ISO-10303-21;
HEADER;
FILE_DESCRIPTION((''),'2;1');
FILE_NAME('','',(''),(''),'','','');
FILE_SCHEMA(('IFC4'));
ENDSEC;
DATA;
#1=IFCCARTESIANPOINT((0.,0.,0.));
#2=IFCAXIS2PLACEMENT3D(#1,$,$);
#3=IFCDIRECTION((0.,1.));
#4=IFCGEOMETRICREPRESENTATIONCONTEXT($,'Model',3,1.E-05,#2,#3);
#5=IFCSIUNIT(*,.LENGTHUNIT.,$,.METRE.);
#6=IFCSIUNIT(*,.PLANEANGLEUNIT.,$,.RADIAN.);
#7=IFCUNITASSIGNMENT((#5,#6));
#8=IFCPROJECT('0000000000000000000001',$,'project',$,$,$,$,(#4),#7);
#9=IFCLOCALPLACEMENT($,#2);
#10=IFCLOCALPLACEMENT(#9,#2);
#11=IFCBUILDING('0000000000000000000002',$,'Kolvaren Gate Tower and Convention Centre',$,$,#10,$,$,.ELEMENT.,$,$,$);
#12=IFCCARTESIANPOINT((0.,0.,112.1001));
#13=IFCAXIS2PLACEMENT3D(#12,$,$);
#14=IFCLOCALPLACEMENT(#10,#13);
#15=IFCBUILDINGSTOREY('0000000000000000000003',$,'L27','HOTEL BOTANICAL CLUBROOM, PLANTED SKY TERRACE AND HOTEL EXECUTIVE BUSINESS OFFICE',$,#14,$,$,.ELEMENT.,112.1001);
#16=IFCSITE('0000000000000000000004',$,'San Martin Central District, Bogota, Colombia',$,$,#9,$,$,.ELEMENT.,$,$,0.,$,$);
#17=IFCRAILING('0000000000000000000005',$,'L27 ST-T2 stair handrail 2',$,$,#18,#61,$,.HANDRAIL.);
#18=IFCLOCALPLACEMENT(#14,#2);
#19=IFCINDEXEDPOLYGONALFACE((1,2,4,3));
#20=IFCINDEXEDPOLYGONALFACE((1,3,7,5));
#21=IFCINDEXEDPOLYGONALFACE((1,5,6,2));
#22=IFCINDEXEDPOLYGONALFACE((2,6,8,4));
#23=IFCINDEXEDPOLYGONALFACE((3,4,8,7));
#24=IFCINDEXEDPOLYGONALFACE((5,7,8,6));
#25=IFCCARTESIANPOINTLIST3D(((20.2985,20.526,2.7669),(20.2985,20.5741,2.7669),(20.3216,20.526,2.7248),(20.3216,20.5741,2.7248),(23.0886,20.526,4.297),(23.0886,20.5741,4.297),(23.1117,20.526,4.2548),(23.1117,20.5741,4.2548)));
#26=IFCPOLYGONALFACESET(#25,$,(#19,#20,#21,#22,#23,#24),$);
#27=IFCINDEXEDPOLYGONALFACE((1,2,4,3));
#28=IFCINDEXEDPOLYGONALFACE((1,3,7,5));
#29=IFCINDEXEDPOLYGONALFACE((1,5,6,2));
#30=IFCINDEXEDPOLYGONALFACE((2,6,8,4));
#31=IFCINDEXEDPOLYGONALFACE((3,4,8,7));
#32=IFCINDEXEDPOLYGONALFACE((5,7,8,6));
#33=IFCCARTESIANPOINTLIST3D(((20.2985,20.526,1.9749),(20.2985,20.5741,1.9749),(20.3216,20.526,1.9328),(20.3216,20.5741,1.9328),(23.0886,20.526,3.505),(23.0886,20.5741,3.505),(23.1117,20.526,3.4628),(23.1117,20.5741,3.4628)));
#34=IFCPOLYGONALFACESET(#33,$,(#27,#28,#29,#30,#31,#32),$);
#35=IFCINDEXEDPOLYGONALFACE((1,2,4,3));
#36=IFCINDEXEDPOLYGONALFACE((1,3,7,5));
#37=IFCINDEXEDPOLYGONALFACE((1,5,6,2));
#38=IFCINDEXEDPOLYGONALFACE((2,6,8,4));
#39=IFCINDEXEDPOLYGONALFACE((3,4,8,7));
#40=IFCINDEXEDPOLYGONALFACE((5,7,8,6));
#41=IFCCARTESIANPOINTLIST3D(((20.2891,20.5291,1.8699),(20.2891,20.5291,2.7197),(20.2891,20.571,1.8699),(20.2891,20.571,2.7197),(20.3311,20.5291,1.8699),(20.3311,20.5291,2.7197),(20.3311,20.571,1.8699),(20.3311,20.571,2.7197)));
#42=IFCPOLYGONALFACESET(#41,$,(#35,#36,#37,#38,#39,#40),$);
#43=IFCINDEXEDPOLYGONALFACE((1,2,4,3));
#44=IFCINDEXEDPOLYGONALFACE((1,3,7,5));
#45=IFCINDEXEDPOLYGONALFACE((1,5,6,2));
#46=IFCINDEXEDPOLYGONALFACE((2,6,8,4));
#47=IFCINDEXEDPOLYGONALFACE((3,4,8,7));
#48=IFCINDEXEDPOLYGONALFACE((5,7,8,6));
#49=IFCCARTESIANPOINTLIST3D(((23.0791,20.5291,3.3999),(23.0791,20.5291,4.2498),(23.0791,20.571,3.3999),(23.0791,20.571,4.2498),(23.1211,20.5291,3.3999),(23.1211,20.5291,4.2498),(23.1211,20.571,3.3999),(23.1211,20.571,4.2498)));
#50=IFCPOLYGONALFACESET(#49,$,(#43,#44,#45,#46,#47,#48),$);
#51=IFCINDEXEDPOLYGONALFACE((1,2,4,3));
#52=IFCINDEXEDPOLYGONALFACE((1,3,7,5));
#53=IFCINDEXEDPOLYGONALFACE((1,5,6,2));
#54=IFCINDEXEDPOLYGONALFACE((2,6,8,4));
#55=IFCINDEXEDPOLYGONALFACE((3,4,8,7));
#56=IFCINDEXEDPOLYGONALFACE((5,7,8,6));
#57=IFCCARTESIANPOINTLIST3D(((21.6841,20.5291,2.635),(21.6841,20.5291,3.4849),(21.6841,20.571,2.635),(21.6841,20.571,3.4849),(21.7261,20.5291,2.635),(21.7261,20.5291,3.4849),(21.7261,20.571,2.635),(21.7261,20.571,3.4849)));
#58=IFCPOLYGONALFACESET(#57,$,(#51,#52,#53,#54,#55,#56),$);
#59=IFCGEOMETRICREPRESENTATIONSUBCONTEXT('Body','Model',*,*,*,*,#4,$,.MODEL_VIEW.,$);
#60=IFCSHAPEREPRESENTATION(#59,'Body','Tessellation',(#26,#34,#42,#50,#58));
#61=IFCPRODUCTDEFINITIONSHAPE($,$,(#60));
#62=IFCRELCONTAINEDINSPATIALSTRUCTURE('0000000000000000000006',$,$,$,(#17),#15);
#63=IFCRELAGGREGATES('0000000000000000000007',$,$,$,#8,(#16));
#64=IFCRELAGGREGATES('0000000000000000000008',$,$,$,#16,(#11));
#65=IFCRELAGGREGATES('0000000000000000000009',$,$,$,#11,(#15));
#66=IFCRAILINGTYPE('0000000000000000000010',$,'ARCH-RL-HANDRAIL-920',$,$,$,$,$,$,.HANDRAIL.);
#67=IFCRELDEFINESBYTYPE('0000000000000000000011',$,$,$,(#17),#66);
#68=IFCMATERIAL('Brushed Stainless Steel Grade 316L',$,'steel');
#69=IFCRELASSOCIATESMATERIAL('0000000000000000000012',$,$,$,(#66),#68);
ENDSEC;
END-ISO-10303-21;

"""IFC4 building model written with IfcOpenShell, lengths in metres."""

from ifc_helpers import new_model, si_unit, direction, frame, origin, origin_2d, place, context, subcontext, project, spatial, rectangle, extrude, material, type_object, element, save


model = new_model("IFC4")

# Units and contexts
model_context = context("Model", 3, precision=1e-05, world=origin(), true_north=direction((0.0, 1.0)))
body_context = subcontext(model_context, "Body", "Model", "MODEL_VIEW")
ifc_project = project(units=[si_unit("LENGTHUNIT", "METRE"), si_unit("PLANEANGLEUNIT", "RADIAN")], contexts=[model_context])

# Site, building, storey
site_placement = place(None, origin())
site = spatial("IfcSite", under=ifc_project, at=site_placement, Name="San Martin Central District, Bogota, Colombia", CompositionType="ELEMENT", RefElevation=0.0)
building_placement = place(site_placement, origin())
building = spatial("IfcBuilding", under=site, at=building_placement, Name="Kolvaren Gate Tower and Convention Centre", CompositionType="ELEMENT")
storey_placement = place(building_placement, frame((0.0, 0.0, 112.1001)))
storey = spatial("IfcBuildingStorey", under=building, at=storey_placement, Name="L27", Description="HOTEL BOTANICAL CLUBROOM, PLANTED SKY TERRACE AND HOTEL EXECUTIVE BUSINESS OFFICE", CompositionType="ELEMENT", Elevation=112.1001)

# Railing
ifc_material_1 = material(Name="Brushed Stainless Steel Grade 316L", Category="steel")
railing_type_1 = type_object("IfcRailingType", Name="ARCH-RL-HANDRAIL-920", PredefinedType="HANDRAIL", material=ifc_material_1)
railing_1_placement = place(storey_placement, frame((20.3101, 20.55, 1.8699)))
element("IfcRailing", 1, at=railing_1_placement, inside=storey, type_object=railing_type_1, Name="L27 ST-T2 stair handrail 2", PredefinedType="HANDRAIL", context=body_context, shape_type="SweptSolid", body=[
    extrude(rectangle(XDim=0.0481, YDim=0.0481, at=origin_2d()), frame((0.0, 0.0, 0.876), z_axis=(0.876811, 0.0, 0.480835), x_axis=(0.0, 1.0, 0.0)), (0.0, 0.0, 1.0), 3.1821),
    extrude(rectangle(XDim=0.0481, YDim=0.0481, at=origin_2d()), frame((0.0, 0.0, 0.084), z_axis=(0.876811, 0.0, 0.480835), x_axis=(0.0, 1.0, 0.0)), (0.0, 0.0, 1.0), 3.1821),
    extrude(rectangle(XDim=0.042, YDim=0.042, at=origin_2d()), origin(), (0.0, 0.0, 1.0), 0.8499),
    extrude(rectangle(XDim=0.042, YDim=0.042, at=origin_2d()), frame((2.79, 0.0, 1.53)), (0.0, 0.0, 1.0), 0.8499),
    extrude(rectangle(XDim=0.042, YDim=0.042, at=origin_2d()), frame((1.395, 0.0, 0.7651)), (0.0, 0.0, 1.0), 0.8499),
])

save(model, "model.ifc")
